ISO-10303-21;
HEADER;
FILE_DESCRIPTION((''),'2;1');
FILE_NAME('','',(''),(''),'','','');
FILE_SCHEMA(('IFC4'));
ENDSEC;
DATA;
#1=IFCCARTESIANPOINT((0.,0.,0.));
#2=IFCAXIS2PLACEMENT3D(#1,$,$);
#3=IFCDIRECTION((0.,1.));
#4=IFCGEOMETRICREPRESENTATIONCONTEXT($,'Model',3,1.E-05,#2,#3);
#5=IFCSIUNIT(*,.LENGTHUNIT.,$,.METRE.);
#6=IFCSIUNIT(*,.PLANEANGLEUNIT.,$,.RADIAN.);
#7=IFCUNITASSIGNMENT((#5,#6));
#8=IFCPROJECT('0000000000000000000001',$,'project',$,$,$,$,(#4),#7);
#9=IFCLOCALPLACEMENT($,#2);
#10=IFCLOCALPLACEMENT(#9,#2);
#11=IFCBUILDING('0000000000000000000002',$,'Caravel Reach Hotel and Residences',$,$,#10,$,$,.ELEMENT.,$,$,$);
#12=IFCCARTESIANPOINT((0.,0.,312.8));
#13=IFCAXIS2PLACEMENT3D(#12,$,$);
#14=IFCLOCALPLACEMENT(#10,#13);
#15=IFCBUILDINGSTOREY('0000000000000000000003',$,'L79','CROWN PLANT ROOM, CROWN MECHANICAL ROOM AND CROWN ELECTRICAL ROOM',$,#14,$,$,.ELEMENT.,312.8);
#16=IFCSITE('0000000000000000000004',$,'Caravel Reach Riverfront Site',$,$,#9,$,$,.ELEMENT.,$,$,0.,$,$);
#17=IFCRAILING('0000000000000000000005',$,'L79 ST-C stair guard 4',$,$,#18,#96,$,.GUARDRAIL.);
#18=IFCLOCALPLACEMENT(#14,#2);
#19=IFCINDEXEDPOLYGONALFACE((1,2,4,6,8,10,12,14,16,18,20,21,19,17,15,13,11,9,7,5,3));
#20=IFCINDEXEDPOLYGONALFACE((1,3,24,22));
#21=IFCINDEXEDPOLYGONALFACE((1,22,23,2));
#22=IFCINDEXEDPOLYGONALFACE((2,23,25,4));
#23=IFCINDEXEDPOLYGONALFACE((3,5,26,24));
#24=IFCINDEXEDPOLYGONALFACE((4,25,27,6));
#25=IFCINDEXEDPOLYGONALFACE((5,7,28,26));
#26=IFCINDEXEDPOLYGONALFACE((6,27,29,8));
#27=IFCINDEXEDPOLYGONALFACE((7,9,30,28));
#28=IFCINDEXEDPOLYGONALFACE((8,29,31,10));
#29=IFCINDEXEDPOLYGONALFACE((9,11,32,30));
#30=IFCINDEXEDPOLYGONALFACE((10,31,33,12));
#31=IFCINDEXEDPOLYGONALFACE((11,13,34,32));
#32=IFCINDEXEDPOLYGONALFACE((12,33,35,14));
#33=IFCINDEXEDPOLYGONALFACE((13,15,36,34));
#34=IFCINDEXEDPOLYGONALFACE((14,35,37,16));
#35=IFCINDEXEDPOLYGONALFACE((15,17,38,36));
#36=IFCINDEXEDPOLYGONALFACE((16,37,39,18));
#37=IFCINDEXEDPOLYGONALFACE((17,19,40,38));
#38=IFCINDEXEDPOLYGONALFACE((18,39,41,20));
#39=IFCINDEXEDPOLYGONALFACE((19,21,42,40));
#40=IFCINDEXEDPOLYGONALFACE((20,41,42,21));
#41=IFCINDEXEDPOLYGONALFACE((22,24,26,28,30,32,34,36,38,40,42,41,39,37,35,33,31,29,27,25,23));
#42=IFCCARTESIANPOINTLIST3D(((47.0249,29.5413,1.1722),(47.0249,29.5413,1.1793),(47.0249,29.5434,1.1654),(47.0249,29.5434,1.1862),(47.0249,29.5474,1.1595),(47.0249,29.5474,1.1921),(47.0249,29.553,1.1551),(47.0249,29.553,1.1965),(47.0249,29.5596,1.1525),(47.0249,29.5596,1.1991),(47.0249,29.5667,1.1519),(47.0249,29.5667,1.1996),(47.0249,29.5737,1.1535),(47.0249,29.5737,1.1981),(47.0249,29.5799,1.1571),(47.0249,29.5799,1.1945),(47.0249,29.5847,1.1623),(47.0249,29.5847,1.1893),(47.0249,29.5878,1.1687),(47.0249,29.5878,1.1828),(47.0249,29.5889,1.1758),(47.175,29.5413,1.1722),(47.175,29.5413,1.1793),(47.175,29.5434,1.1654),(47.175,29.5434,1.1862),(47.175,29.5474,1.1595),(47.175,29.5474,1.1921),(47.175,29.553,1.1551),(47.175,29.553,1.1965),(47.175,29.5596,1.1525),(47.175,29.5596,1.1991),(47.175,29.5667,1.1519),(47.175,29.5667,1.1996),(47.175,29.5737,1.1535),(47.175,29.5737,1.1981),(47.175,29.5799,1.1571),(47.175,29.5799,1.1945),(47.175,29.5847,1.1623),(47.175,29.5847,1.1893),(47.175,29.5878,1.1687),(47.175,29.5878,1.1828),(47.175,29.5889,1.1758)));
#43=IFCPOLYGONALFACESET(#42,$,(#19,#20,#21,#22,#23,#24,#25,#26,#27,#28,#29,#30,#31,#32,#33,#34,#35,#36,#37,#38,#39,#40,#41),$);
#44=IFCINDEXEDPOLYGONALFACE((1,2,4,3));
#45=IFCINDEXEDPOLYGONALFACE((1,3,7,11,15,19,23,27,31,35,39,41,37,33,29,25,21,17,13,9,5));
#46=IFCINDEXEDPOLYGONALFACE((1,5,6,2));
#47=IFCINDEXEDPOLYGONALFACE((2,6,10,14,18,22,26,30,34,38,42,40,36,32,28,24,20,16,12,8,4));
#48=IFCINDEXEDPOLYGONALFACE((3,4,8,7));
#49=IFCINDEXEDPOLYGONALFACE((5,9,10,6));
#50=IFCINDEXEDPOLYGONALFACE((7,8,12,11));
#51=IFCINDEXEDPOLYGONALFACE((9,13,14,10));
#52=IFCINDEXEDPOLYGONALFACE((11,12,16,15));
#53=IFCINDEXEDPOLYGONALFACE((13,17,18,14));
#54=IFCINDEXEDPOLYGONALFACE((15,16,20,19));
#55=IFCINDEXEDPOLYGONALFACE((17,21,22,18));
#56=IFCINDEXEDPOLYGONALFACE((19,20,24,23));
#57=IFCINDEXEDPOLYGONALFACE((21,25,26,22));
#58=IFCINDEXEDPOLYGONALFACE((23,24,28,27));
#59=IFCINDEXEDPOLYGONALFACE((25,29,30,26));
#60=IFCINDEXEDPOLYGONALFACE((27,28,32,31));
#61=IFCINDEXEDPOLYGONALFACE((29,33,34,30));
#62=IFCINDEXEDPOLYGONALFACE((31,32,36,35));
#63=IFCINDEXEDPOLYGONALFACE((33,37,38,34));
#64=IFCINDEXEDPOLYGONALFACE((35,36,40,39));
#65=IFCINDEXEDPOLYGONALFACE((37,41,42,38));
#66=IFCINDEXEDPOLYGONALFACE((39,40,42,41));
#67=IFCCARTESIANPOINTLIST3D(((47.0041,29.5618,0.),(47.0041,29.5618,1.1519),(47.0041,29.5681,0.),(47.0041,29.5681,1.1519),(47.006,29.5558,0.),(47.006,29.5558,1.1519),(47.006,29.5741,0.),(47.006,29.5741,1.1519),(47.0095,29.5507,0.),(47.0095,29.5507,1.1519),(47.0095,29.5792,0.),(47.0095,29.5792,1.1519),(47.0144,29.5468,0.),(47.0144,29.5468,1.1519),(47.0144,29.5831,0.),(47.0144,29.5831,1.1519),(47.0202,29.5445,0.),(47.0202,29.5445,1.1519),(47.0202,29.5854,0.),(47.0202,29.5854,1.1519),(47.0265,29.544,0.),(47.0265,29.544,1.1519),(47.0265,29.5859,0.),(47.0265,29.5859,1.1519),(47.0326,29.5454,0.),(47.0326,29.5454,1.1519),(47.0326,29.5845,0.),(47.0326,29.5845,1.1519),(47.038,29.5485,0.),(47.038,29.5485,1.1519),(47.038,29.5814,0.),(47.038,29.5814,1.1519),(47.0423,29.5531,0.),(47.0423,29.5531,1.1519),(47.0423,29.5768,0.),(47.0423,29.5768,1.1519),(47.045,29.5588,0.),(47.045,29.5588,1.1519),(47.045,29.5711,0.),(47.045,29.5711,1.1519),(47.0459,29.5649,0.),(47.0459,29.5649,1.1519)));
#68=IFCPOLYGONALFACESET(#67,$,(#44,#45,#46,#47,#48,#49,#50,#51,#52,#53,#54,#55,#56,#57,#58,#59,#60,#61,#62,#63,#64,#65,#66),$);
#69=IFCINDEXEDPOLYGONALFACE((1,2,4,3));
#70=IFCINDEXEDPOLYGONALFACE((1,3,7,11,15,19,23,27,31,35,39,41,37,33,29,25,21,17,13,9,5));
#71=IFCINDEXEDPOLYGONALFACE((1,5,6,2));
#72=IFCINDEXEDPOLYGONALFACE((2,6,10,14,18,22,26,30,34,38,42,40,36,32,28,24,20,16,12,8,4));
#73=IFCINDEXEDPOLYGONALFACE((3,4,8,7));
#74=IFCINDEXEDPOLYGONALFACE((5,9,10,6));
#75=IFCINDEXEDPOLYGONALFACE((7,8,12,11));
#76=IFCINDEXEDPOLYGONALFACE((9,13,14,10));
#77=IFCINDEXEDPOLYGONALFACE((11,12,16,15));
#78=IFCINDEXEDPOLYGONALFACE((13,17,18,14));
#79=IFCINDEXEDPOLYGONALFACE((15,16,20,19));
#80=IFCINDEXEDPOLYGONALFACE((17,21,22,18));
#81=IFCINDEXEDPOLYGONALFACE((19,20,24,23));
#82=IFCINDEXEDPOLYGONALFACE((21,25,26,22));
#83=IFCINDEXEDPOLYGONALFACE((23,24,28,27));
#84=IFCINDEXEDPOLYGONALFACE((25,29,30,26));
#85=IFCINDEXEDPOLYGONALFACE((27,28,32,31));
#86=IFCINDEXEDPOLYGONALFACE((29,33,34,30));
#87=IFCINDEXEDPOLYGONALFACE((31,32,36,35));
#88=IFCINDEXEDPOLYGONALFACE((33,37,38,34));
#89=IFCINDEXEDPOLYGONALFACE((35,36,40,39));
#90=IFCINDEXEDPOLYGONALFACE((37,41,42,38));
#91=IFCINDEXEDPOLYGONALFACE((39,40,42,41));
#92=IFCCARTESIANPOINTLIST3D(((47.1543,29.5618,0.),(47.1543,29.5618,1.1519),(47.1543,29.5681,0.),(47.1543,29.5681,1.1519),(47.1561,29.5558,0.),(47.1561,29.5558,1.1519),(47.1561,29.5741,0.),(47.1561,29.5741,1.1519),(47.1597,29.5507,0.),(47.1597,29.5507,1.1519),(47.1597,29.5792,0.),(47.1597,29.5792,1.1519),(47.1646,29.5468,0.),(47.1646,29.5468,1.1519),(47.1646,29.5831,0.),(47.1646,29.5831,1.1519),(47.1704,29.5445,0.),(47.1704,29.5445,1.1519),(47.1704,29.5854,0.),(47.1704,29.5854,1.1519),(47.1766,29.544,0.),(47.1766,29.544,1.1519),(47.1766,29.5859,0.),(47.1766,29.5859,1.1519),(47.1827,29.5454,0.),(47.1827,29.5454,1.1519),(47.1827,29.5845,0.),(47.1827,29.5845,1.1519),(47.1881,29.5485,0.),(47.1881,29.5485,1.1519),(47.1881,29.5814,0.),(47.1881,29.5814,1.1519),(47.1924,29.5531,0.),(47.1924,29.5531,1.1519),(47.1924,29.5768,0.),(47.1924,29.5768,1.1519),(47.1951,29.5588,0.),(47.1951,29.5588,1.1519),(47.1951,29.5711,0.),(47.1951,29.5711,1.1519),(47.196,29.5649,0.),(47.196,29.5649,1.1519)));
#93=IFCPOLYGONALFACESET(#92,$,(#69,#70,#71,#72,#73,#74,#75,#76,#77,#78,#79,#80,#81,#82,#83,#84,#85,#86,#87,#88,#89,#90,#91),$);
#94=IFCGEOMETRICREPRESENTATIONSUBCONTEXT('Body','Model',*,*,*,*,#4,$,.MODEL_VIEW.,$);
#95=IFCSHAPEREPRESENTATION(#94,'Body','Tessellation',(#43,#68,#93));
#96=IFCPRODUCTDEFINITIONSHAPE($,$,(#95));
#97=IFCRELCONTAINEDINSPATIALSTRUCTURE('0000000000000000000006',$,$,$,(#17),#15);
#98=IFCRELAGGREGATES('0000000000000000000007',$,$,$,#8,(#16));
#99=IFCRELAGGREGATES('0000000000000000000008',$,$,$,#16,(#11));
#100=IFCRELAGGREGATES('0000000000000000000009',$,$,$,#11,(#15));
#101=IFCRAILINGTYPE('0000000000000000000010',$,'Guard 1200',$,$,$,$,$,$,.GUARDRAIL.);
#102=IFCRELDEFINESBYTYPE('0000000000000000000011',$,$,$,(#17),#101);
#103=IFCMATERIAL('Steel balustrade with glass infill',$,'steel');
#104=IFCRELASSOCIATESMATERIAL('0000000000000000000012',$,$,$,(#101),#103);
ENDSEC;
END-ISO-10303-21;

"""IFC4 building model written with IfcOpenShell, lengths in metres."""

from ifc_helpers import new_model, si_unit, direction, frame, origin, origin_2d, place, context, subcontext, project, spatial, circle, extrude, material, type_object, element, save


model = new_model("IFC4")

# Units and contexts
model_context = context("Model", 3, precision=1e-05, world=origin(), true_north=direction((0.0, 1.0)))
body_context = subcontext(model_context, "Body", "Model", "MODEL_VIEW")
ifc_project = project(units=[si_unit("LENGTHUNIT", "METRE"), si_unit("PLANEANGLEUNIT", "RADIAN")], contexts=[model_context])

# Site, building, storey
site_placement = place(None, origin())
site = spatial("IfcSite", under=ifc_project, at=site_placement, Name="Caravel Reach Riverfront Site", CompositionType="ELEMENT", RefElevation=0.0)
building_placement = place(site_placement, origin())
building = spatial("IfcBuilding", under=site, at=building_placement, Name="Caravel Reach Hotel and Residences", CompositionType="ELEMENT")
storey_placement = place(building_placement, frame((0.0, 0.0, 312.8)))
storey = spatial("IfcBuildingStorey", under=building, at=storey_placement, Name="L79", Description="CROWN PLANT ROOM, CROWN MECHANICAL ROOM AND CROWN ELECTRICAL ROOM", CompositionType="ELEMENT", Elevation=312.8)

# Railing
ifc_material_1 = material(Name="Steel balustrade with glass infill", Category="steel")
railing_type_1 = type_object("IfcRailingType", Name="Guard 1200", PredefinedType="GUARDRAIL", material=ifc_material_1)
railing_1_placement = place(storey_placement, frame((47.0249, 29.5649, 0.0)))
element("IfcRailing", 1, at=railing_1_placement, inside=storey, type_object=railing_type_1, Name="L79 ST-C stair guard 4", PredefinedType="GUARDRAIL", context=body_context, shape_type="SweptSolid", body=[
    extrude(circle(Radius=0.0239, at=origin_2d()), frame((0.0, 0.0, 1.1758), z_axis=(1.0, 0.0, 0.0), x_axis=(0.0, 1.0, 0.0)), (0.0, 0.0, 1.0), 0.1501),
    extrude(circle(Radius=0.021, at=origin_2d()), origin(), (0.0, 0.0, 1.0), 1.1519),
    extrude(circle(Radius=0.021, at=origin_2d()), frame((0.1501, 0.0, 0.0)), (0.0, 0.0, 1.0), 1.1519),
])

save(model, "model.ifc")
